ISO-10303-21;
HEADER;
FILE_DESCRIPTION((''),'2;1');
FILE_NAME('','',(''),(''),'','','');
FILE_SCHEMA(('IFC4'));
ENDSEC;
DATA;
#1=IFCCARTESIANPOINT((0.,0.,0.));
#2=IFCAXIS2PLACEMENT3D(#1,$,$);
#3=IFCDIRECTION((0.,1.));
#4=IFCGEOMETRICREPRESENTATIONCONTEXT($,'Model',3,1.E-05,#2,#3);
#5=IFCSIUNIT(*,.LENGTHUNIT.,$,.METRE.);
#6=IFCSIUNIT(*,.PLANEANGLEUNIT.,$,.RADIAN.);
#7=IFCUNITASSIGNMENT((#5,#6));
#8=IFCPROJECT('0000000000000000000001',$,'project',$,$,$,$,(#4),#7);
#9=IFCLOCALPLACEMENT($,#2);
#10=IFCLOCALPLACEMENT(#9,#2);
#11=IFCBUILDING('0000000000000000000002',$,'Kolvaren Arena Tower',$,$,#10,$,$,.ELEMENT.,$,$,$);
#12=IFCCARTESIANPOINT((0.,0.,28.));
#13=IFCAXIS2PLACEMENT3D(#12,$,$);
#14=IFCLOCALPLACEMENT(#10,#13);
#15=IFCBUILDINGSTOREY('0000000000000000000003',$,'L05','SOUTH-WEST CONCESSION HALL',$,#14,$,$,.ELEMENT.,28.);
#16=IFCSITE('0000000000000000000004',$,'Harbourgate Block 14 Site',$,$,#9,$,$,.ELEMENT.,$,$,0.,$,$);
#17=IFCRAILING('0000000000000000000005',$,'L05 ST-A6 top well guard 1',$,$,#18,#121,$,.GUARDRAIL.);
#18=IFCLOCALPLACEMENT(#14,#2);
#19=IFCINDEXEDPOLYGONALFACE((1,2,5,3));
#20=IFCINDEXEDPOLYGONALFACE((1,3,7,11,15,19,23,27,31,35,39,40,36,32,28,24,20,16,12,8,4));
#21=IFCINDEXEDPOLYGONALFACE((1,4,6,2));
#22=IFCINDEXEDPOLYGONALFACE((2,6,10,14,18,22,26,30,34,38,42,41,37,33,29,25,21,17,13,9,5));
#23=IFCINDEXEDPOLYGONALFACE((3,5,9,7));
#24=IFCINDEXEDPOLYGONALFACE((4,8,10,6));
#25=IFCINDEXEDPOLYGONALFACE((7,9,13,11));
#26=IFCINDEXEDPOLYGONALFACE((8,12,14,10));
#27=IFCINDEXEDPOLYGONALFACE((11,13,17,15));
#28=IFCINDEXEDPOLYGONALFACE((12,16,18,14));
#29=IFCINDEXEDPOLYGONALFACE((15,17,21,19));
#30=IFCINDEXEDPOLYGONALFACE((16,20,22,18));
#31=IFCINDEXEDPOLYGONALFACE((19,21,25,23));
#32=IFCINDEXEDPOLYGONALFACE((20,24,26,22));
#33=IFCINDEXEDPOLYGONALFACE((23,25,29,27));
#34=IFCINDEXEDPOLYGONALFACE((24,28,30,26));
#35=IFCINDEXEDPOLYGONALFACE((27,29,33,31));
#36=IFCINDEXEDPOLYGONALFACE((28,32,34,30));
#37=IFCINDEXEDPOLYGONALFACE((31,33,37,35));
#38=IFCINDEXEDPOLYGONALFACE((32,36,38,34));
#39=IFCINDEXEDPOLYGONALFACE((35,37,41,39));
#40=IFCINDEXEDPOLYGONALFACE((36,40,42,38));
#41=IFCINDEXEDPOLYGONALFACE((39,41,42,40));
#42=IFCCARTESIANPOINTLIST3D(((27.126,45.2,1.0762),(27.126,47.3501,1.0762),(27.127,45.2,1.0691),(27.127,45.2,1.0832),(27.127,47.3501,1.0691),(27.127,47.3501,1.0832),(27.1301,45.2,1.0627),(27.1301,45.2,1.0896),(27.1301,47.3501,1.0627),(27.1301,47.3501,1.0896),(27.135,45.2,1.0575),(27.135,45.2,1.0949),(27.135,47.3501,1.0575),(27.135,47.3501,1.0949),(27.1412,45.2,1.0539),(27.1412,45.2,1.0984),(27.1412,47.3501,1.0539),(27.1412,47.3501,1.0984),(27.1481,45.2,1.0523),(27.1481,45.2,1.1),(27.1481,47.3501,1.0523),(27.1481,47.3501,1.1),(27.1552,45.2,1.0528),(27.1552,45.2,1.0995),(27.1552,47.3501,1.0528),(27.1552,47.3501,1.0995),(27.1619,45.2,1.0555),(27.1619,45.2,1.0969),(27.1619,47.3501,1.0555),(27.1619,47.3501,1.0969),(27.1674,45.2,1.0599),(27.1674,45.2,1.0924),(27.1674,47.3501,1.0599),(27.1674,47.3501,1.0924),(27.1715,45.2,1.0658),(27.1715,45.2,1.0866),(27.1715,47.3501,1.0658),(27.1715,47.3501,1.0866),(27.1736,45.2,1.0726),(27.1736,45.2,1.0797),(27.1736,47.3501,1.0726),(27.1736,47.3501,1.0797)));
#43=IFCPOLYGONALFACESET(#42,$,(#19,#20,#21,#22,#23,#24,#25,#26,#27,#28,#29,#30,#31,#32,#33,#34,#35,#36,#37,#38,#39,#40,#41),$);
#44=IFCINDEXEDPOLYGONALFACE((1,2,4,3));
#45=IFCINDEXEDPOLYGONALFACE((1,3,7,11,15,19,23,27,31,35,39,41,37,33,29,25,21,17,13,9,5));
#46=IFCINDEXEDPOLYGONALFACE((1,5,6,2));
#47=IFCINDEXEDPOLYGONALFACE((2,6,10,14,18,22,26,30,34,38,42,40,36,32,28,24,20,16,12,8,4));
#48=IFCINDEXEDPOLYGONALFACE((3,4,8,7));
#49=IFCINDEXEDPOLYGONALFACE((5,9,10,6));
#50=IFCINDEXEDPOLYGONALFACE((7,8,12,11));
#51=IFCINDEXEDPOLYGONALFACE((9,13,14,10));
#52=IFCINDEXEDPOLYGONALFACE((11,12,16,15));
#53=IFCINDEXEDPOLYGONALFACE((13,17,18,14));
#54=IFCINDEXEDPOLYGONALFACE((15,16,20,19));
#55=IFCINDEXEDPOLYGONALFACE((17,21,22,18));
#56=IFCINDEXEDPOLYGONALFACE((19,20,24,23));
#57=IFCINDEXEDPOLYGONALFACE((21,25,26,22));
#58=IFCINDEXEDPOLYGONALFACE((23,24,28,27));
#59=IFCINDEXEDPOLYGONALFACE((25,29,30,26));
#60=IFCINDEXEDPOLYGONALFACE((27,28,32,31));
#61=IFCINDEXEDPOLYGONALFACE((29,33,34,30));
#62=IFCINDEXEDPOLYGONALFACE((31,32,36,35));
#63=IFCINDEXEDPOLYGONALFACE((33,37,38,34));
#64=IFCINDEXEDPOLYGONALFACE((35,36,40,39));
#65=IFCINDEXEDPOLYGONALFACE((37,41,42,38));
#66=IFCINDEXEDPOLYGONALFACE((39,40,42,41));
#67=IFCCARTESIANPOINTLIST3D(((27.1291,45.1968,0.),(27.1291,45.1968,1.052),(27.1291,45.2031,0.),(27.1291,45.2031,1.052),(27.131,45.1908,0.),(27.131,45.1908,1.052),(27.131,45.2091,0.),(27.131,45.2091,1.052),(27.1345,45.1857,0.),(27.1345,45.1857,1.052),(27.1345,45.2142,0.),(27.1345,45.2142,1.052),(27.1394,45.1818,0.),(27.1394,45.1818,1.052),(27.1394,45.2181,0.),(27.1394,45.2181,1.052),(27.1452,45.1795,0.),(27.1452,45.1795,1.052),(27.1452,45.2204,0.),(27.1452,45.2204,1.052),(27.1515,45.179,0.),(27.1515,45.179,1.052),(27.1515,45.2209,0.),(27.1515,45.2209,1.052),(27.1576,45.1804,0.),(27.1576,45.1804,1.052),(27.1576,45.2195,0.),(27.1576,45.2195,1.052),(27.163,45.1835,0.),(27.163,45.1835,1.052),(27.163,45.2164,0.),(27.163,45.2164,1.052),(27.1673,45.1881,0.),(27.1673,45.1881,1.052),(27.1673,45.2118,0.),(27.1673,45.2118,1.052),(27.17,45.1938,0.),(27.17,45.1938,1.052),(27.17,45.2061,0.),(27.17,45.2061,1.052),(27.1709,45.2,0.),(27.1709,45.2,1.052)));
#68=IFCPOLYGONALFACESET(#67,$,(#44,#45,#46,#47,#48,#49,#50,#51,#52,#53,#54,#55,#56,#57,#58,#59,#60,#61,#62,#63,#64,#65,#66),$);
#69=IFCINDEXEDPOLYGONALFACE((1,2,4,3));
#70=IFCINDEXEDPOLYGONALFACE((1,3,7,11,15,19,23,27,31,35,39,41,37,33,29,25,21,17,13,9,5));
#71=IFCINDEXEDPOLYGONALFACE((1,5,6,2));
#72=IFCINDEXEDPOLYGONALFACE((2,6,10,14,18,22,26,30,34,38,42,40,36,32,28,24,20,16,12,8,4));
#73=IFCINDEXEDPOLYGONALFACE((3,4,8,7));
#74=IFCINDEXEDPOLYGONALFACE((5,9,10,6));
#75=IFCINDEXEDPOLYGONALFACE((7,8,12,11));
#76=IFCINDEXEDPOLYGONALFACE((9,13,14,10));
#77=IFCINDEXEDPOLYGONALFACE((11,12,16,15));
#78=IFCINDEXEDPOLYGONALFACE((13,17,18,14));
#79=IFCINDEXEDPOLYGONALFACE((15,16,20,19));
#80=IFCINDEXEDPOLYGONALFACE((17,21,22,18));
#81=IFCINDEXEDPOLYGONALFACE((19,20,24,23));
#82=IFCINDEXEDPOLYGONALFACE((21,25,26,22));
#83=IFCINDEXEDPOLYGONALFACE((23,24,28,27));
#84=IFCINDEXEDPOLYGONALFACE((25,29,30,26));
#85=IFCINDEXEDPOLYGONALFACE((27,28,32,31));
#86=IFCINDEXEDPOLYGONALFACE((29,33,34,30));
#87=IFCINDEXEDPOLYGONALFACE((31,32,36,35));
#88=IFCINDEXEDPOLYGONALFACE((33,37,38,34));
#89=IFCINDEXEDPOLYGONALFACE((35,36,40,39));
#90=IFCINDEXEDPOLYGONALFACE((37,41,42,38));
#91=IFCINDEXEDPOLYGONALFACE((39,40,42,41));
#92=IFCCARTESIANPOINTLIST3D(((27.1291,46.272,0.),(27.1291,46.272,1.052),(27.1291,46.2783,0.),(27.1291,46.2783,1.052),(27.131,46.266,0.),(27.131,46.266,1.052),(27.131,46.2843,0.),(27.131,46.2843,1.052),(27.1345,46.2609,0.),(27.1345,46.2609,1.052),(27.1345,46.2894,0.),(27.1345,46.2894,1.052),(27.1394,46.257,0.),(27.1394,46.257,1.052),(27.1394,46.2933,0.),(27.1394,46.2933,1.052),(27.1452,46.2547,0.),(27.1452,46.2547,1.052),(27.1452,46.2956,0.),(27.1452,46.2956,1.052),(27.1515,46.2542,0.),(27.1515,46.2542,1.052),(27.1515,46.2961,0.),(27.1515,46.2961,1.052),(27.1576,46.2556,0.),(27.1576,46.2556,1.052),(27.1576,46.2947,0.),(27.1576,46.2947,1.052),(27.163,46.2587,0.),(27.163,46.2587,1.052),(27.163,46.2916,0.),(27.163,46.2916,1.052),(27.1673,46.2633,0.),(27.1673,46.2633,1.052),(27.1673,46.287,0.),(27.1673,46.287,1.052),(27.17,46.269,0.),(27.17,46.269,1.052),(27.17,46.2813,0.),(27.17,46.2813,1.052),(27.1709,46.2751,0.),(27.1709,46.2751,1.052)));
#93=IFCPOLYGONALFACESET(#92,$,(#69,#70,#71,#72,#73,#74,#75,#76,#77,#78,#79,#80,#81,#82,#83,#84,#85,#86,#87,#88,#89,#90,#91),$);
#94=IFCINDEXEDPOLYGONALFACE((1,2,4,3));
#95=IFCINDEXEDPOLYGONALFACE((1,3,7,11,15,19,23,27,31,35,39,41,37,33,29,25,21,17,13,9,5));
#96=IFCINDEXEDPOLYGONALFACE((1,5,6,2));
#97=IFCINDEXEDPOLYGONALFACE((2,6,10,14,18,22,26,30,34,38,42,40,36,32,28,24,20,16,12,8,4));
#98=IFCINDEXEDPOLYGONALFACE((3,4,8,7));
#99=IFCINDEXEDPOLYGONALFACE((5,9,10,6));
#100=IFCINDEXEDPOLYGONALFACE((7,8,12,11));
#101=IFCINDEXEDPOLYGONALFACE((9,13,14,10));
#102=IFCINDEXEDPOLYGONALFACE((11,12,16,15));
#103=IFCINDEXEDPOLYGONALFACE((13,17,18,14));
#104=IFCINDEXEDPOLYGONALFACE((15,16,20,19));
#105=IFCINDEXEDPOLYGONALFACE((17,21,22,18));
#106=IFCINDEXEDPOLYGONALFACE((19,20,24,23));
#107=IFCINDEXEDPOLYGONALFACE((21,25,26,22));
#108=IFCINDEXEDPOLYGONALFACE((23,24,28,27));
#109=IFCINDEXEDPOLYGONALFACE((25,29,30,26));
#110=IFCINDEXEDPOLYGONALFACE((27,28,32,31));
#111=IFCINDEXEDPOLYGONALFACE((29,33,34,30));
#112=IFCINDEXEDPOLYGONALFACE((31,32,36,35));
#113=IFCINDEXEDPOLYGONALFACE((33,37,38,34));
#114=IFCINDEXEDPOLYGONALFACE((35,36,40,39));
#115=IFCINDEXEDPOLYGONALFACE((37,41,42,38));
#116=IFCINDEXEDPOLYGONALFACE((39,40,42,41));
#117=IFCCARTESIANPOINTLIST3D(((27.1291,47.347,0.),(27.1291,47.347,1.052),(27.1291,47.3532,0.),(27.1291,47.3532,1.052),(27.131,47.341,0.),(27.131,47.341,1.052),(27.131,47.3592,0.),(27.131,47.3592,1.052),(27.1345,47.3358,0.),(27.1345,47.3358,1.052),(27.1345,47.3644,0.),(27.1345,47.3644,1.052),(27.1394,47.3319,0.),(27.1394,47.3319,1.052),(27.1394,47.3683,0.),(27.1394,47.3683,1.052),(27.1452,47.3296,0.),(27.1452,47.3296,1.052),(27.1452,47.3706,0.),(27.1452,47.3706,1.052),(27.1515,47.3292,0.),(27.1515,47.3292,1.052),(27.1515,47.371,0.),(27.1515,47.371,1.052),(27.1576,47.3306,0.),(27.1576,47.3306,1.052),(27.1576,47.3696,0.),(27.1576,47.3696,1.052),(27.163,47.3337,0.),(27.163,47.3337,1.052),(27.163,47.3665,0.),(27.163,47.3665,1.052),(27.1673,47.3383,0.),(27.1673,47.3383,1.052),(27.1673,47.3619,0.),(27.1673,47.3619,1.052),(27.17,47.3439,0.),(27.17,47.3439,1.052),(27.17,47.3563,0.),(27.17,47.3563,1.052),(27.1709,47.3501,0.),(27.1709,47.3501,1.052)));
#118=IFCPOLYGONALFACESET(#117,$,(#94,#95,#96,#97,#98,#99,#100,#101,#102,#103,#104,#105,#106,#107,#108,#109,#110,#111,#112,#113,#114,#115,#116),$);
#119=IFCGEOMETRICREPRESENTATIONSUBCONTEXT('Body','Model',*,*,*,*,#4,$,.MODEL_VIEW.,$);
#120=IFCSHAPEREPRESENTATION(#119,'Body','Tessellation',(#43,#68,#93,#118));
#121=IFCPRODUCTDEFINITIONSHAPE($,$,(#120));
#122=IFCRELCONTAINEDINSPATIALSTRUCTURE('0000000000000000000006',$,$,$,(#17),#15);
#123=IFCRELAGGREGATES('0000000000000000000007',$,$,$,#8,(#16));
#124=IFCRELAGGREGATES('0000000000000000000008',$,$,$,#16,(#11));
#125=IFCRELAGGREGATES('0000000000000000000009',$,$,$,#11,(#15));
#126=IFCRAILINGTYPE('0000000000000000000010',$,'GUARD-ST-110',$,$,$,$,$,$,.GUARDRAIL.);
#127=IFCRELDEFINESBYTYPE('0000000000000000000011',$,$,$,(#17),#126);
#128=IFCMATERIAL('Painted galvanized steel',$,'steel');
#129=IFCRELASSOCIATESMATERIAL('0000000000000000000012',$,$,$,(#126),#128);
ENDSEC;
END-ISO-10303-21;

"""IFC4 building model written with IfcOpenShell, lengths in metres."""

from ifc_helpers import new_model, si_unit, direction, frame, origin, origin_2d, place, context, subcontext, project, spatial, circle, extrude, material, type_object, element, save


model = new_model("IFC4")

# Units and contexts
model_context = context("Model", 3, precision=1e-05, world=origin(), true_north=direction((0.0, 1.0)))
body_context = subcontext(model_context, "Body", "Model", "MODEL_VIEW")
ifc_project = project(units=[si_unit("LENGTHUNIT", "METRE"), si_unit("PLANEANGLEUNIT", "RADIAN")], contexts=[model_context])

# Site, building, storey
site_placement = place(None, origin())
site = spatial("IfcSite", under=ifc_project, at=site_placement, Name="Harbourgate Block 14 Site", CompositionType="ELEMENT", RefElevation=0.0)
building_placement = place(site_placement, origin())
building = spatial("IfcBuilding", under=site, at=building_placement, Name="Kolvaren Arena Tower", CompositionType="ELEMENT")
storey_placement = place(building_placement, frame((0.0, 0.0, 28.0)))
storey = spatial("IfcBuildingStorey", under=building, at=storey_placement, Name="L05", Description="SOUTH-WEST CONCESSION HALL", CompositionType="ELEMENT", Elevation=28.0)

# Railing
ifc_material_1 = material(Name="Painted galvanized steel", Category="steel")
railing_type = type_object("IfcRailingType", Name="GUARD-ST-110", PredefinedType="GUARDRAIL", material=ifc_material_1)
railing_placement = place(storey_placement, frame((27.1499, 45.2, 0.0)))
element("IfcRailing", 1, at=railing_placement, inside=storey, type_object=railing_type, Name="L05 ST-A6 top well guard 1", PredefinedType="GUARDRAIL", context=body_context, shape_type="SweptSolid", body=[
    extrude(circle(Radius=0.0239, at=origin_2d()), frame((0.0, 0.0, 1.0762), z_axis=(0.0, 1.0, 0.0), x_axis=(-1.0, 0.0, 0.0)), (0.0, 0.0, 1.0), 2.1501),
    extrude(circle(Radius=0.021, at=origin_2d()), origin(), (0.0, 0.0, 1.0), 1.052),
    extrude(circle(Radius=0.021, at=origin_2d()), frame((0.0, 1.0752, 0.0)), (0.0, 0.0, 1.0), 1.052),
    extrude(circle(Radius=0.021, at=origin_2d()), frame((0.0, 2.1501, 0.0)), (0.0, 0.0, 1.0), 1.052),
])

save(model, "model.ifc")
